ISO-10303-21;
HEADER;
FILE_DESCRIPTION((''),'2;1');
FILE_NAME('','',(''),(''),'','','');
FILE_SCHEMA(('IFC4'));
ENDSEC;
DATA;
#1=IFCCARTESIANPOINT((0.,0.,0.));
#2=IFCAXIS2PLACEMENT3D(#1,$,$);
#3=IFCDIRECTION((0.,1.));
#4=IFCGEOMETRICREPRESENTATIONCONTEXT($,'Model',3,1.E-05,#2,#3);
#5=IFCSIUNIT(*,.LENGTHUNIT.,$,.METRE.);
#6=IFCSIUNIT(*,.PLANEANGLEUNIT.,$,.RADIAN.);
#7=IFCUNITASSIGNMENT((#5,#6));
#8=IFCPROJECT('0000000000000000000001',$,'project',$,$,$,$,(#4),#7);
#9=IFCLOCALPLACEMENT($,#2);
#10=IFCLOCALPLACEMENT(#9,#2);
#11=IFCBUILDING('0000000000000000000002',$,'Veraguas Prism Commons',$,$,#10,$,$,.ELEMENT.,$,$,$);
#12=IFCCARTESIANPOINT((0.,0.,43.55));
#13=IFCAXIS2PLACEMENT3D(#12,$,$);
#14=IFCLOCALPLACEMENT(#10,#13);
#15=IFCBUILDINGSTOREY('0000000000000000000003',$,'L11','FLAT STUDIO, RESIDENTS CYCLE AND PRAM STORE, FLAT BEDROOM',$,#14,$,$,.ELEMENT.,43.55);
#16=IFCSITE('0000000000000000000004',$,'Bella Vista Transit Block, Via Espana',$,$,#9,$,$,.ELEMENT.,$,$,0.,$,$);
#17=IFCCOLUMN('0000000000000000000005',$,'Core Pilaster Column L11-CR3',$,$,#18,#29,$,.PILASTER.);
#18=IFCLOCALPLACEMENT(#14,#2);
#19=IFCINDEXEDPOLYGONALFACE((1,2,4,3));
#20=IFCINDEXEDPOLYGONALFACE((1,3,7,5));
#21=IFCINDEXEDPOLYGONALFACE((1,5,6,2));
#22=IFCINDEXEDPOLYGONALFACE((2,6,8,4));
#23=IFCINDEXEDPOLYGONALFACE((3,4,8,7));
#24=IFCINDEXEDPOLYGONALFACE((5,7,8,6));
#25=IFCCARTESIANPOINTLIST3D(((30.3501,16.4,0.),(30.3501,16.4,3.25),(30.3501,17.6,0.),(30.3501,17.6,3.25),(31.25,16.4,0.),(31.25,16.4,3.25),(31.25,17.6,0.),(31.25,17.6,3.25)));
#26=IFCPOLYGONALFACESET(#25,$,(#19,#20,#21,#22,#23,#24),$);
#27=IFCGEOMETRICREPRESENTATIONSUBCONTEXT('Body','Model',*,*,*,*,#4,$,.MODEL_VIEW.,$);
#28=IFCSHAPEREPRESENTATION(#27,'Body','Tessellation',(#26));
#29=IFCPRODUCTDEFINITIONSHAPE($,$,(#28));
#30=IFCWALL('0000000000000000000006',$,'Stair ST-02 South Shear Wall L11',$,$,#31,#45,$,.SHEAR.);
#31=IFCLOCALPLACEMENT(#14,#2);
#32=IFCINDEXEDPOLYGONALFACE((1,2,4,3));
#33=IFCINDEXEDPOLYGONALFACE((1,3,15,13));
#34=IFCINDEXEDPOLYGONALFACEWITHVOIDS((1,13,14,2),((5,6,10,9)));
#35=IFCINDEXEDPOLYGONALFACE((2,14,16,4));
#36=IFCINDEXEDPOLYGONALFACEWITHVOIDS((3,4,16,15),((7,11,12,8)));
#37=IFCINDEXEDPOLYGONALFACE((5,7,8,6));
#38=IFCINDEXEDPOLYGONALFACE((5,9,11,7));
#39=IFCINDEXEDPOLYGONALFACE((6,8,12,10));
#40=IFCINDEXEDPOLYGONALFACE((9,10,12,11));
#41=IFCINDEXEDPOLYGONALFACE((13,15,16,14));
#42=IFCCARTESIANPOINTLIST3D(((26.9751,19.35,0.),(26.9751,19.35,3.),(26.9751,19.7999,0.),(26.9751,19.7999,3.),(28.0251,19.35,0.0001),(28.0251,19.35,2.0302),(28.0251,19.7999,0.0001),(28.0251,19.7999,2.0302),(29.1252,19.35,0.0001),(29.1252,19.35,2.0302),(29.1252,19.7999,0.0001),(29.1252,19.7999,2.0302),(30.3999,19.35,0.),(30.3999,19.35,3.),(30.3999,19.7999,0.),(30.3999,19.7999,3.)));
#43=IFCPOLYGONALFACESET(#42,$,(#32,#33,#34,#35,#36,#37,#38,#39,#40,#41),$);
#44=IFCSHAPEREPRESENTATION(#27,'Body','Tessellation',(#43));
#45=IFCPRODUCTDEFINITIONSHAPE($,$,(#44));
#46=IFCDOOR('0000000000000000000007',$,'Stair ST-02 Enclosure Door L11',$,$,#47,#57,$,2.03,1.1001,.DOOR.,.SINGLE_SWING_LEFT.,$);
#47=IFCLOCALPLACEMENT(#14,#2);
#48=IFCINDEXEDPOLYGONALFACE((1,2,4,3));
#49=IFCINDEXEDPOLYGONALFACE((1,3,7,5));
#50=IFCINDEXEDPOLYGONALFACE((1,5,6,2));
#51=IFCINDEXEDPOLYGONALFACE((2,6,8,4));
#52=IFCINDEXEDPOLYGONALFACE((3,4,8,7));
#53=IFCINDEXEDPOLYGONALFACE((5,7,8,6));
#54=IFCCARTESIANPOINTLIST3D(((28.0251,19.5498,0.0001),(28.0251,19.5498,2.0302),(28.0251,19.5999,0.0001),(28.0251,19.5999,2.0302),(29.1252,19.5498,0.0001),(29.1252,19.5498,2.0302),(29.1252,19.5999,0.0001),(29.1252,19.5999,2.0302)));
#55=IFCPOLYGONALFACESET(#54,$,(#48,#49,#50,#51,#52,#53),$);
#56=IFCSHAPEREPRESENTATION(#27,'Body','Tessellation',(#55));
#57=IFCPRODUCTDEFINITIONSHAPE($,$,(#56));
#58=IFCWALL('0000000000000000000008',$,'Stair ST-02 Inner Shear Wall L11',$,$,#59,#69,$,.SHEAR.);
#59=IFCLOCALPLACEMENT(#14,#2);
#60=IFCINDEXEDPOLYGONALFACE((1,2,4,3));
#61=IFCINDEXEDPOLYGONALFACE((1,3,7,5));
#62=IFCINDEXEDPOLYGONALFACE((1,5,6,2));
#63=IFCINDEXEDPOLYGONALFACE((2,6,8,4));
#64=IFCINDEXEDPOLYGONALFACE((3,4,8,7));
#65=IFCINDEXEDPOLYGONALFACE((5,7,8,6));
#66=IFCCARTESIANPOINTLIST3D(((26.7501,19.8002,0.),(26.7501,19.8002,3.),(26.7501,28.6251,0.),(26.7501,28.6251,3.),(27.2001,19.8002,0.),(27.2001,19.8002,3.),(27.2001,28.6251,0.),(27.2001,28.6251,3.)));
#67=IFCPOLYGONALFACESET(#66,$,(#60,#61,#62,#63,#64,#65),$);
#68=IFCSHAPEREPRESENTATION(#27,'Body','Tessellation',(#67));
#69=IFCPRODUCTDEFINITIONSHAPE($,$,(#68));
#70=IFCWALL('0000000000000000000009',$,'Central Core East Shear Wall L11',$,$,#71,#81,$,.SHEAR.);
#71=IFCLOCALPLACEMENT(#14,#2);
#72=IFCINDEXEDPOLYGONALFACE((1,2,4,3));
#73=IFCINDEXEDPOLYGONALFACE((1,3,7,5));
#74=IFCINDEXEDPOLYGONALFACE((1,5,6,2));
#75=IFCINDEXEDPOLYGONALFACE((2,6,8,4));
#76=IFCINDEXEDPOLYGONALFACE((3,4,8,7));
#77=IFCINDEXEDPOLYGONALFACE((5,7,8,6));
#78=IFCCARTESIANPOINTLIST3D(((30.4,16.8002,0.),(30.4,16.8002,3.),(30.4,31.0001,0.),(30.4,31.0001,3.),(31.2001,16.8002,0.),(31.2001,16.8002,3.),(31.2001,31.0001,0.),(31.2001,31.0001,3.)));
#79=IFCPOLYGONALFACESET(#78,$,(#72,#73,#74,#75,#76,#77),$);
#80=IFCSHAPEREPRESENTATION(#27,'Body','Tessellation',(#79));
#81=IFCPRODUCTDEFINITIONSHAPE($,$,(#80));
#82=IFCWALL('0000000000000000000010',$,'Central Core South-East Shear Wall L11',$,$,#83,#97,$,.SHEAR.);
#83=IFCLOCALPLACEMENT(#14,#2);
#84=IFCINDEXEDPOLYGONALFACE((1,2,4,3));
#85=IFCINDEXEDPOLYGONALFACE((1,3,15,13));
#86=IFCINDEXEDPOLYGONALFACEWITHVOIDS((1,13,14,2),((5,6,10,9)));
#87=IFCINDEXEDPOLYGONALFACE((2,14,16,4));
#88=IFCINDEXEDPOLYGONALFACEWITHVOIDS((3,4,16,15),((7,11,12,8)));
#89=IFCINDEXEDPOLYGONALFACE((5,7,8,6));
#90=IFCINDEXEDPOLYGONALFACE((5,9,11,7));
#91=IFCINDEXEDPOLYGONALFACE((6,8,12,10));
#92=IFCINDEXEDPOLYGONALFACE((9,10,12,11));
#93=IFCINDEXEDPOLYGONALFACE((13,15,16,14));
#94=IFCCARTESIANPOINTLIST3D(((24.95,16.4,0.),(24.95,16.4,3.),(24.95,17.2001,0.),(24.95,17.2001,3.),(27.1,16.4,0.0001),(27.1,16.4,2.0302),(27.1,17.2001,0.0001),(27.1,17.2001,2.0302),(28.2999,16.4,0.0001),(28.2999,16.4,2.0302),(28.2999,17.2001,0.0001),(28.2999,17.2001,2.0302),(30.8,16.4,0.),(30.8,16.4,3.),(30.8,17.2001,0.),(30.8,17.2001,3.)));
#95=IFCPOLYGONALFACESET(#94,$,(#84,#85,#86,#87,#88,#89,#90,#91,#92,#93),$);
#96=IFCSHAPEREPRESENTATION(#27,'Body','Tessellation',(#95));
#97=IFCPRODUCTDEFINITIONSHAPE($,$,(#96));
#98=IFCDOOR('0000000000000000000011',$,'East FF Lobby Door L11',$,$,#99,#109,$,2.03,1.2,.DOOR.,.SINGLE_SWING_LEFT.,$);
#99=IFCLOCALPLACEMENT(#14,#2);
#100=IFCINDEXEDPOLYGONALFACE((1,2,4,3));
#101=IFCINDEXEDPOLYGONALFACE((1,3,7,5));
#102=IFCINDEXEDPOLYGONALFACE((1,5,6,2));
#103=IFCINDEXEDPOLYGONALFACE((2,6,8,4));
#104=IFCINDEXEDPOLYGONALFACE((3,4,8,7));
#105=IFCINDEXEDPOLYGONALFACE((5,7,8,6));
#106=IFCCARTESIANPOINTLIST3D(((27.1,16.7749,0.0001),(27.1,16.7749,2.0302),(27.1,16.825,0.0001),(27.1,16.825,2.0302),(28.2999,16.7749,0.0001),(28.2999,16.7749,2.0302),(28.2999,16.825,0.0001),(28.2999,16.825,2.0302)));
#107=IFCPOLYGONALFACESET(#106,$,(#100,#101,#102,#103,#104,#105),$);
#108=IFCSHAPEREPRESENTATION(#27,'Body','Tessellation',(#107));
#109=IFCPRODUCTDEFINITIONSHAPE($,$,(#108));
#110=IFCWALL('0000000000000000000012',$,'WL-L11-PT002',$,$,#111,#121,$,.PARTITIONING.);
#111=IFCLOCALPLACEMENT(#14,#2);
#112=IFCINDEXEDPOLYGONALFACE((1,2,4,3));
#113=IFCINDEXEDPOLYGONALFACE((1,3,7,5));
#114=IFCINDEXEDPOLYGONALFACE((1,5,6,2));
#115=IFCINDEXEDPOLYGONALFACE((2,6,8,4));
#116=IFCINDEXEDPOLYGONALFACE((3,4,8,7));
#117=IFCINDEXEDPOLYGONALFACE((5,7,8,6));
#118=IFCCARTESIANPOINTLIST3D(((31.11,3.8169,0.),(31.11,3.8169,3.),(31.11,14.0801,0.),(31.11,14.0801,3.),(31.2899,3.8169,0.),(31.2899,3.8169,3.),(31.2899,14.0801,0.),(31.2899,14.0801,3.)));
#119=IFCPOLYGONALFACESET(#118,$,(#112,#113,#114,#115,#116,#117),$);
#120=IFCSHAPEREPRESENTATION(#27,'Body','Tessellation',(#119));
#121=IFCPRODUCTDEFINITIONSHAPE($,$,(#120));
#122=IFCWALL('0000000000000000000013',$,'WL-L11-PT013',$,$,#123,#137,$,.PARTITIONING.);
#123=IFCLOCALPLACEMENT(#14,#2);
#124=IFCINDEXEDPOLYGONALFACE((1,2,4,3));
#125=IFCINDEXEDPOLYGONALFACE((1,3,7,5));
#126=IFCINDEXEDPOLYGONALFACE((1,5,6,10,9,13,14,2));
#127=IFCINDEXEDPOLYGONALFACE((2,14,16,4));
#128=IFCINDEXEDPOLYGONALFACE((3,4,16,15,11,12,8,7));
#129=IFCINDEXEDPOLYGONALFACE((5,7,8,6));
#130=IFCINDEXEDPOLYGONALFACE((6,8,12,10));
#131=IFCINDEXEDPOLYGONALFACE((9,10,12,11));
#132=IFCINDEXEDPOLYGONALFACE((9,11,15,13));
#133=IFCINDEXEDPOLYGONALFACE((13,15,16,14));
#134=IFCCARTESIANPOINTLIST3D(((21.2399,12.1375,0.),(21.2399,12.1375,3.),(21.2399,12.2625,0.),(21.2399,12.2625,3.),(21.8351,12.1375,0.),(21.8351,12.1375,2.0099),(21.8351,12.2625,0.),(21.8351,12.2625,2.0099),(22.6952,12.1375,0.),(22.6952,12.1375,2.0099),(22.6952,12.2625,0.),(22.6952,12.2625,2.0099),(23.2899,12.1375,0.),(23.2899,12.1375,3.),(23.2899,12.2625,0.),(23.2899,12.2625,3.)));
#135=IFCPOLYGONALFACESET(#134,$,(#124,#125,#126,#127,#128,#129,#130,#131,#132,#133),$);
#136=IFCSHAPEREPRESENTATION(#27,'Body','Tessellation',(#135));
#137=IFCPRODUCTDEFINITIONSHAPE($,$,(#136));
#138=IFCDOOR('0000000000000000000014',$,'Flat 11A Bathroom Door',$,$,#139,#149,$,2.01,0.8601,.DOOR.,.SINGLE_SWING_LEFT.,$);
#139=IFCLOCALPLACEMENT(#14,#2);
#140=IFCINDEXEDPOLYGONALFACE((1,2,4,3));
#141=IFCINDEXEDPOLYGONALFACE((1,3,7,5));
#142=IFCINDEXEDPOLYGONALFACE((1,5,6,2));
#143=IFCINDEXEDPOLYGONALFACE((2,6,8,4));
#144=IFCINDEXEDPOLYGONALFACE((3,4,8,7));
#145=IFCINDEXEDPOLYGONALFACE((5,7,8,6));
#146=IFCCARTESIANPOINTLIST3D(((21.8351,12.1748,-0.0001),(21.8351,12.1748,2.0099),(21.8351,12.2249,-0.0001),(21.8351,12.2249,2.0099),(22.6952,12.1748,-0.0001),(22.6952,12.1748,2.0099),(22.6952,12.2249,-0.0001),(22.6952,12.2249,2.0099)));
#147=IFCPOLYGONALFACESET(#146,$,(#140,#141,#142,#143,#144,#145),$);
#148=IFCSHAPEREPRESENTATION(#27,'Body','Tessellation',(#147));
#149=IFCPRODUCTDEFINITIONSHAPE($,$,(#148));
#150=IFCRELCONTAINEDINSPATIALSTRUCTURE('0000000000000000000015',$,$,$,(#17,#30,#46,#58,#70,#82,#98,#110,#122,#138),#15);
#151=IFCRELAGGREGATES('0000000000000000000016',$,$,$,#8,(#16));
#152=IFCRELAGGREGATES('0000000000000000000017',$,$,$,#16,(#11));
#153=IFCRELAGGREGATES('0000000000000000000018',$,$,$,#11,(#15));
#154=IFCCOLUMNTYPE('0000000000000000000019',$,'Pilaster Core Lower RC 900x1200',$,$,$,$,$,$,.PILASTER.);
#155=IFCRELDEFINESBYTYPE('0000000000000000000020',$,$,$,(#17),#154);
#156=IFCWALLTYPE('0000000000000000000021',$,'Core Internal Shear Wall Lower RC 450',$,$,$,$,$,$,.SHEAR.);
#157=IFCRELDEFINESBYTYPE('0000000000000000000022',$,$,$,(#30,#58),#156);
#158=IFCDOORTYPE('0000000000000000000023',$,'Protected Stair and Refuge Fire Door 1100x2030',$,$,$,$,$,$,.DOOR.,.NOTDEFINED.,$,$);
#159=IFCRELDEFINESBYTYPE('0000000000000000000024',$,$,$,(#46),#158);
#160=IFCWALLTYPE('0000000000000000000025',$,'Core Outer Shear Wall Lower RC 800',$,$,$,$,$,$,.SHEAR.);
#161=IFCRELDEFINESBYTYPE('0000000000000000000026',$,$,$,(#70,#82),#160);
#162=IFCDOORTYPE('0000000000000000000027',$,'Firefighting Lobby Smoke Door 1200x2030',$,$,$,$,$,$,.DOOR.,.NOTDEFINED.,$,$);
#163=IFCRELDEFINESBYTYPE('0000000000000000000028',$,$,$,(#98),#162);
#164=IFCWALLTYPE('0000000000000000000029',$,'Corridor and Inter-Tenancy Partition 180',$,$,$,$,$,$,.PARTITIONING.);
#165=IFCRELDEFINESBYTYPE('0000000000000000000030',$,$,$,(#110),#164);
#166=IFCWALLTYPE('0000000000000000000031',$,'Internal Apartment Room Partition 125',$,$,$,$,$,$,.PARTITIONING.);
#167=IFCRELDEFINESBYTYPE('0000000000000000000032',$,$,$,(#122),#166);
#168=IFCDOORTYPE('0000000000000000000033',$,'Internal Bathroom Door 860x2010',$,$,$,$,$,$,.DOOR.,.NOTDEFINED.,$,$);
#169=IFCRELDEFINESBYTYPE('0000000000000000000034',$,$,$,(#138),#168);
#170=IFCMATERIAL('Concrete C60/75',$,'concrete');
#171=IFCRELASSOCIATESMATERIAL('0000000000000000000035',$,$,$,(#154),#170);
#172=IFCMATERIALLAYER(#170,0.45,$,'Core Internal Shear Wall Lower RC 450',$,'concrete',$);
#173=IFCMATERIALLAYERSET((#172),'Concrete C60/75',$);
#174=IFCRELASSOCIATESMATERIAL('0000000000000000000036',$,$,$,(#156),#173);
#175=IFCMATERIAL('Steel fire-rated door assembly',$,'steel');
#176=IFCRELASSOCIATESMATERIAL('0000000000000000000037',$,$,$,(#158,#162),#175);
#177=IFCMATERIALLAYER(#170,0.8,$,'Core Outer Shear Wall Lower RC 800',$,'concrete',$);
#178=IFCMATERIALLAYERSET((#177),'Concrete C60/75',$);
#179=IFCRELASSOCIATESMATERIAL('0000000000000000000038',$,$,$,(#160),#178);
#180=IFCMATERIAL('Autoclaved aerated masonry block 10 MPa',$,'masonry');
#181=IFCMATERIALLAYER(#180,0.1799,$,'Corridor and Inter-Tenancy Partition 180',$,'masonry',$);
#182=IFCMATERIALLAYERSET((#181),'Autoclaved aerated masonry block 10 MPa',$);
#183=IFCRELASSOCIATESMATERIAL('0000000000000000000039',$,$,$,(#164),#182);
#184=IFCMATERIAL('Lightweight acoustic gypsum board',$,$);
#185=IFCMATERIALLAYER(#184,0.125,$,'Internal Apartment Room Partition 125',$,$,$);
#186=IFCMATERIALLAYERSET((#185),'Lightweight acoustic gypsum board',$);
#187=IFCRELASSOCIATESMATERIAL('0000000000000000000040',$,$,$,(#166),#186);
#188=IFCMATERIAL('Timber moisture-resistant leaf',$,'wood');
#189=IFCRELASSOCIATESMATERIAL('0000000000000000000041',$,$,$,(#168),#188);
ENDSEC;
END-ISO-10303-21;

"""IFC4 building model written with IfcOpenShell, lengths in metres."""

from ifc_helpers import new_model, si_unit, direction, frame, frame_2d, origin, origin_2d, place, context, subcontext, project, spatial, rectangle, extrude, source, transform, mapped, material, layer, layer_set, material_profile, profile_set, type_object, element, fill, save


model = new_model("IFC4")

# Units and contexts
model_context = context("Model", 3, precision=1e-05, world=origin(), true_north=direction((0.0, 1.0)))
body_context = subcontext(model_context, "Body", "Model", "MODEL_VIEW")
ifc_project = project(units=[si_unit("LENGTHUNIT", "METRE"), si_unit("PLANEANGLEUNIT", "RADIAN")], contexts=[model_context])

# Site, building, storey
site_placement = place(None, origin())
site = spatial("IfcSite", under=ifc_project, at=site_placement, Name="Bella Vista Transit Block, Via Espana", CompositionType="ELEMENT", RefElevation=0.0)
building_placement = place(site_placement, origin())
building = spatial("IfcBuilding", under=site, at=building_placement, Name="Veraguas Prism Commons", CompositionType="ELEMENT")
storey_placement = place(building_placement, frame((0.0, 0.0, 43.55)))
storey = spatial("IfcBuildingStorey", under=building, at=storey_placement, Name="L11", Description="FLAT STUDIO, RESIDENTS CYCLE AND PRAM STORE, FLAT BEDROOM", CompositionType="ELEMENT", Elevation=43.55)

# Column
ifc_material_1 = material(Name="Concrete C60/75", Category="concrete")
ifc_material_profile = material_profile(ifc_material_1, rectangle(XDim=0.8999, YDim=1.2, at=origin_2d()), Name="RC900X1200")
ifc_profile_set = profile_set([ifc_material_profile], Name="Concrete C60/75")
column_type = type_object("IfcColumnType", Name="Pilaster Core Lower RC 900x1200", PredefinedType="PILASTER", material=ifc_profile_set)
column_placement = place(storey_placement, frame((30.8, 17.0, 0.0), z_axis=(0.0, 0.0, 1.0), x_axis=(1.0, 0.0, 0.0)))
element("IfcColumn", 1, at=column_placement, inside=storey, type_object=column_type, Name="Core Pilaster Column L11-CR3", PredefinedType="PILASTER", context=body_context, shape_type="SweptSolid", body=[
    extrude(rectangle(XDim=0.8999, YDim=1.2, at=origin_2d()), origin(), (0.0, 0.0, 1.0), 3.25),
])

# Wall, opening, door
ifc_layer_1 = layer(ifc_material_1, 0.45, Name="Core Internal Shear Wall Lower RC 450", Category="concrete")
ifc_layer_set_1 = layer_set([ifc_layer_1], Name="Concrete C60/75")
wall_type_1 = type_object("IfcWallType", Name="Core Internal Shear Wall Lower RC 450", PredefinedType="SHEAR", material=ifc_layer_set_1)
wall_1_placement = place(storey_placement, frame((26.9751, 19.575, 0.0), z_axis=(0.0, 0.0, 1.0), x_axis=(1.0, 0.0, 0.0)))
wall_1 = element("IfcWall", 2, at=wall_1_placement, inside=storey, type_object=wall_type_1, Name="Stair ST-02 South Shear Wall L11", PredefinedType="SHEAR", context=body_context, shape_type="SweptSolid", body=[
    extrude(rectangle(XDim=3.4248, YDim=0.45, at=frame_2d((1.7124, 0.0))), origin(), (0.0, 0.0, 1.0), 3.0),
])
opening_1_placement = place(wall_1_placement, frame((1.05, 0.0, 0.0)))
opening_1 = element("IfcOpeningElement", 3, at=opening_1_placement, cuts=wall_1, PredefinedType="OPENING", context=body_context, shape_type="SweptSolid", body=[
    extrude(rectangle(XDim=1.1001, YDim=2.03, at=frame_2d((0.55, 1.0151))), frame((0.0, 0.2349, 0.0), z_axis=(0.0, -1.0, 0.0), x_axis=(1.0, 0.0, 0.0)), (0.0, 0.0, 1.0), 0.47),
])
ifc_material_2 = material(Name="Steel fire-rated door assembly", Category="steel")
door_type_1 = type_object("IfcDoorType", Name="Protected Stair and Refuge Fire Door 1100x2030", OperationType="NOTDEFINED", PredefinedType="DOOR", material=ifc_material_2)
shared_shape_1 = source(origin(), body_context, "Body", "SweptSolid", [
    extrude(rectangle(XDim=1.1001, YDim=2.03, at=frame_2d((0.55, 1.0151))), frame((0.0, 0.0249, 0.0), z_axis=(0.0, -1.0, 0.0), x_axis=(1.0, 0.0, 0.0)), (0.0, 0.0, 1.0), 0.05),
])
door_1_placement = place(opening_1_placement, origin())
door_1 = element("IfcDoor", 4, at=door_1_placement, inside=storey, type_object=door_type_1, Name="Stair ST-02 Enclosure Door L11", OperationType="SINGLE_SWING_LEFT", OverallHeight=2.03, OverallWidth=1.1001, PredefinedType="DOOR", context=body_context, shape_type="MappedRepresentation", body=[
    mapped(shared_shape_1, transform((0.0, 0.0, 0.0), scale=1.0)),
])
fill(opening_1, door_1)

# Walls
wall_2_placement = place(storey_placement, frame((26.9751, 19.8, 0.0), z_axis=(0.0, 0.0, 1.0), x_axis=(0.0, 1.0, 0.0)))
element("IfcWall", 5, at=wall_2_placement, inside=storey, type_object=wall_type_1, Name="Stair ST-02 Inner Shear Wall L11", PredefinedType="SHEAR", context=body_context, shape_type="SweptSolid", body=[
    extrude(rectangle(XDim=8.825, YDim=0.45, at=frame_2d((4.4126, 0.0))), origin(), (0.0, 0.0, 1.0), 3.0),
])
ifc_layer_2 = layer(ifc_material_1, 0.8, Name="Core Outer Shear Wall Lower RC 800", Category="concrete")
ifc_layer_set_2 = layer_set([ifc_layer_2], Name="Concrete C60/75")
wall_type_2 = type_object("IfcWallType", Name="Core Outer Shear Wall Lower RC 800", PredefinedType="SHEAR", material=ifc_layer_set_2)
wall_3_placement = place(storey_placement, frame((30.8, 16.8, 0.0), z_axis=(0.0, 0.0, 1.0), x_axis=(0.0, 1.0, 0.0)))
element("IfcWall", 6, at=wall_3_placement, inside=storey, type_object=wall_type_2, Name="Central Core East Shear Wall L11", PredefinedType="SHEAR", context=body_context, shape_type="SweptSolid", body=[
    extrude(rectangle(XDim=14.2, YDim=0.8, at=frame_2d((7.1001, 0.0))), origin(), (0.0, 0.0, 1.0), 3.0),
])

# Wall, opening, door
wall_4_placement = place(storey_placement, frame((24.95, 16.8, 0.0), z_axis=(0.0, 0.0, 1.0), x_axis=(1.0, 0.0, 0.0)))
wall_4 = element("IfcWall", 7, at=wall_4_placement, inside=storey, type_object=wall_type_2, Name="Central Core South-East Shear Wall L11", PredefinedType="SHEAR", context=body_context, shape_type="SweptSolid", body=[
    extrude(rectangle(XDim=5.8501, YDim=0.8, at=frame_2d((2.925, 0.0))), origin(), (0.0, 0.0, 1.0), 3.0),
])
opening_2_placement = place(wall_4_placement, frame((2.1499, 0.0, 0.0)))
opening_2 = element("IfcOpeningElement", 8, at=opening_2_placement, cuts=wall_4, PredefinedType="OPENING", context=body_context, shape_type="SweptSolid", body=[
    extrude(rectangle(XDim=1.2, YDim=2.03, at=frame_2d((0.6001, 1.0151))), frame((0.0, 0.4099, 0.0), z_axis=(0.0, -1.0, 0.0), x_axis=(1.0, 0.0, 0.0)), (0.0, 0.0, 1.0), 0.8201),
])
door_type_2 = type_object("IfcDoorType", Name="Firefighting Lobby Smoke Door 1200x2030", OperationType="NOTDEFINED", PredefinedType="DOOR", material=ifc_material_2)
shared_shape_2 = source(origin(), body_context, "Body", "SweptSolid", [
    extrude(rectangle(XDim=1.2, YDim=2.03, at=frame_2d((0.6001, 1.0151))), frame((0.0, 0.0249, 0.0), z_axis=(0.0, -1.0, 0.0), x_axis=(1.0, 0.0, 0.0)), (0.0, 0.0, 1.0), 0.05),
])
door_2_placement = place(opening_2_placement, origin())
door_2 = element("IfcDoor", 9, at=door_2_placement, inside=storey, type_object=door_type_2, Name="East FF Lobby Door L11", OperationType="SINGLE_SWING_LEFT", OverallHeight=2.03, OverallWidth=1.2, PredefinedType="DOOR", context=body_context, shape_type="MappedRepresentation", body=[
    mapped(shared_shape_2, transform((0.0, 0.0, 0.0), scale=1.0)),
])
fill(opening_2, door_2)

# Wall
ifc_material_3 = material(Name="Autoclaved aerated masonry block 10 MPa", Category="masonry")
ifc_layer_3 = layer(ifc_material_3, 0.1799, Name="Corridor and Inter-Tenancy Partition 180", Category="masonry")
ifc_layer_set_3 = layer_set([ifc_layer_3], Name="Autoclaved aerated masonry block 10 MPa")
wall_type_3 = type_object("IfcWallType", Name="Corridor and Inter-Tenancy Partition 180", PredefinedType="PARTITIONING", material=ifc_layer_set_3)
wall_5_placement = place(storey_placement, frame((31.2, 14.0801, 0.0), z_axis=(0.0, 0.0, 1.0), x_axis=(0.0, -1.0, 0.0)))
element("IfcWall", 10, at=wall_5_placement, inside=storey, type_object=wall_type_3, Name="WL-L11-PT002", PredefinedType="PARTITIONING", context=body_context, shape_type="SweptSolid", body=[
    extrude(rectangle(XDim=10.2632, YDim=0.1799, at=frame_2d((5.1316, 0.0))), origin(), (0.0, 0.0, 1.0), 3.0),
])

# Wall, opening, door
ifc_material_4 = material(Name="Lightweight acoustic gypsum board")
ifc_layer_4 = layer(ifc_material_4, 0.125, Name="Internal Apartment Room Partition 125")
ifc_layer_set_4 = layer_set([ifc_layer_4], Name="Lightweight acoustic gypsum board")
wall_type_4 = type_object("IfcWallType", Name="Internal Apartment Room Partition 125", PredefinedType="PARTITIONING", material=ifc_layer_set_4)
wall_6_placement = place(storey_placement, frame((21.24, 12.2, 0.0), z_axis=(0.0, 0.0, 1.0), x_axis=(1.0, 0.0, 0.0)))
wall_6 = element("IfcWall", 11, at=wall_6_placement, inside=storey, type_object=wall_type_4, Name="WL-L11-PT013", PredefinedType="PARTITIONING", context=body_context, shape_type="SweptSolid", body=[
    extrude(rectangle(XDim=2.05, YDim=0.125, at=frame_2d((1.0249, 0.0))), origin(), (0.0, 0.0, 1.0), 3.0),
])
opening_3_placement = place(wall_6_placement, frame((0.595, 0.0, 0.0)))
opening_3 = element("IfcOpeningElement", 12, at=opening_3_placement, cuts=wall_6, PredefinedType="OPENING", context=body_context, shape_type="SweptSolid", body=[
    extrude(rectangle(XDim=0.8601, YDim=2.01, at=frame_2d((0.4302, 1.0049))), frame((0.0, 0.0725, 0.0), z_axis=(0.0, -1.0, 0.0), x_axis=(1.0, 0.0, 0.0)), (0.0, 0.0, 1.0), 0.145),
])
ifc_material_5 = material(Name="Timber moisture-resistant leaf", Category="wood")
door_type_3 = type_object("IfcDoorType", Name="Internal Bathroom Door 860x2010", OperationType="NOTDEFINED", PredefinedType="DOOR", material=ifc_material_5)
shared_shape_3 = source(origin(), body_context, "Body", "SweptSolid", [
    extrude(rectangle(XDim=0.8601, YDim=2.01, at=frame_2d((0.4302, 1.0049))), frame((0.0, 0.0249, 0.0), z_axis=(0.0, -1.0, 0.0), x_axis=(1.0, 0.0, 0.0)), (0.0, 0.0, 1.0), 0.05),
])
door_3_placement = place(opening_3_placement, origin())
door_3 = element("IfcDoor", 13, at=door_3_placement, inside=storey, type_object=door_type_3, Name="Flat 11A Bathroom Door", OperationType="SINGLE_SWING_LEFT", OverallHeight=2.01, OverallWidth=0.8601, PredefinedType="DOOR", context=body_context, shape_type="MappedRepresentation", body=[
    mapped(shared_shape_3, transform((0.0, 0.0, 0.0), scale=1.0)),
])
fill(opening_3, door_3)

save(model, "model.ifc")
